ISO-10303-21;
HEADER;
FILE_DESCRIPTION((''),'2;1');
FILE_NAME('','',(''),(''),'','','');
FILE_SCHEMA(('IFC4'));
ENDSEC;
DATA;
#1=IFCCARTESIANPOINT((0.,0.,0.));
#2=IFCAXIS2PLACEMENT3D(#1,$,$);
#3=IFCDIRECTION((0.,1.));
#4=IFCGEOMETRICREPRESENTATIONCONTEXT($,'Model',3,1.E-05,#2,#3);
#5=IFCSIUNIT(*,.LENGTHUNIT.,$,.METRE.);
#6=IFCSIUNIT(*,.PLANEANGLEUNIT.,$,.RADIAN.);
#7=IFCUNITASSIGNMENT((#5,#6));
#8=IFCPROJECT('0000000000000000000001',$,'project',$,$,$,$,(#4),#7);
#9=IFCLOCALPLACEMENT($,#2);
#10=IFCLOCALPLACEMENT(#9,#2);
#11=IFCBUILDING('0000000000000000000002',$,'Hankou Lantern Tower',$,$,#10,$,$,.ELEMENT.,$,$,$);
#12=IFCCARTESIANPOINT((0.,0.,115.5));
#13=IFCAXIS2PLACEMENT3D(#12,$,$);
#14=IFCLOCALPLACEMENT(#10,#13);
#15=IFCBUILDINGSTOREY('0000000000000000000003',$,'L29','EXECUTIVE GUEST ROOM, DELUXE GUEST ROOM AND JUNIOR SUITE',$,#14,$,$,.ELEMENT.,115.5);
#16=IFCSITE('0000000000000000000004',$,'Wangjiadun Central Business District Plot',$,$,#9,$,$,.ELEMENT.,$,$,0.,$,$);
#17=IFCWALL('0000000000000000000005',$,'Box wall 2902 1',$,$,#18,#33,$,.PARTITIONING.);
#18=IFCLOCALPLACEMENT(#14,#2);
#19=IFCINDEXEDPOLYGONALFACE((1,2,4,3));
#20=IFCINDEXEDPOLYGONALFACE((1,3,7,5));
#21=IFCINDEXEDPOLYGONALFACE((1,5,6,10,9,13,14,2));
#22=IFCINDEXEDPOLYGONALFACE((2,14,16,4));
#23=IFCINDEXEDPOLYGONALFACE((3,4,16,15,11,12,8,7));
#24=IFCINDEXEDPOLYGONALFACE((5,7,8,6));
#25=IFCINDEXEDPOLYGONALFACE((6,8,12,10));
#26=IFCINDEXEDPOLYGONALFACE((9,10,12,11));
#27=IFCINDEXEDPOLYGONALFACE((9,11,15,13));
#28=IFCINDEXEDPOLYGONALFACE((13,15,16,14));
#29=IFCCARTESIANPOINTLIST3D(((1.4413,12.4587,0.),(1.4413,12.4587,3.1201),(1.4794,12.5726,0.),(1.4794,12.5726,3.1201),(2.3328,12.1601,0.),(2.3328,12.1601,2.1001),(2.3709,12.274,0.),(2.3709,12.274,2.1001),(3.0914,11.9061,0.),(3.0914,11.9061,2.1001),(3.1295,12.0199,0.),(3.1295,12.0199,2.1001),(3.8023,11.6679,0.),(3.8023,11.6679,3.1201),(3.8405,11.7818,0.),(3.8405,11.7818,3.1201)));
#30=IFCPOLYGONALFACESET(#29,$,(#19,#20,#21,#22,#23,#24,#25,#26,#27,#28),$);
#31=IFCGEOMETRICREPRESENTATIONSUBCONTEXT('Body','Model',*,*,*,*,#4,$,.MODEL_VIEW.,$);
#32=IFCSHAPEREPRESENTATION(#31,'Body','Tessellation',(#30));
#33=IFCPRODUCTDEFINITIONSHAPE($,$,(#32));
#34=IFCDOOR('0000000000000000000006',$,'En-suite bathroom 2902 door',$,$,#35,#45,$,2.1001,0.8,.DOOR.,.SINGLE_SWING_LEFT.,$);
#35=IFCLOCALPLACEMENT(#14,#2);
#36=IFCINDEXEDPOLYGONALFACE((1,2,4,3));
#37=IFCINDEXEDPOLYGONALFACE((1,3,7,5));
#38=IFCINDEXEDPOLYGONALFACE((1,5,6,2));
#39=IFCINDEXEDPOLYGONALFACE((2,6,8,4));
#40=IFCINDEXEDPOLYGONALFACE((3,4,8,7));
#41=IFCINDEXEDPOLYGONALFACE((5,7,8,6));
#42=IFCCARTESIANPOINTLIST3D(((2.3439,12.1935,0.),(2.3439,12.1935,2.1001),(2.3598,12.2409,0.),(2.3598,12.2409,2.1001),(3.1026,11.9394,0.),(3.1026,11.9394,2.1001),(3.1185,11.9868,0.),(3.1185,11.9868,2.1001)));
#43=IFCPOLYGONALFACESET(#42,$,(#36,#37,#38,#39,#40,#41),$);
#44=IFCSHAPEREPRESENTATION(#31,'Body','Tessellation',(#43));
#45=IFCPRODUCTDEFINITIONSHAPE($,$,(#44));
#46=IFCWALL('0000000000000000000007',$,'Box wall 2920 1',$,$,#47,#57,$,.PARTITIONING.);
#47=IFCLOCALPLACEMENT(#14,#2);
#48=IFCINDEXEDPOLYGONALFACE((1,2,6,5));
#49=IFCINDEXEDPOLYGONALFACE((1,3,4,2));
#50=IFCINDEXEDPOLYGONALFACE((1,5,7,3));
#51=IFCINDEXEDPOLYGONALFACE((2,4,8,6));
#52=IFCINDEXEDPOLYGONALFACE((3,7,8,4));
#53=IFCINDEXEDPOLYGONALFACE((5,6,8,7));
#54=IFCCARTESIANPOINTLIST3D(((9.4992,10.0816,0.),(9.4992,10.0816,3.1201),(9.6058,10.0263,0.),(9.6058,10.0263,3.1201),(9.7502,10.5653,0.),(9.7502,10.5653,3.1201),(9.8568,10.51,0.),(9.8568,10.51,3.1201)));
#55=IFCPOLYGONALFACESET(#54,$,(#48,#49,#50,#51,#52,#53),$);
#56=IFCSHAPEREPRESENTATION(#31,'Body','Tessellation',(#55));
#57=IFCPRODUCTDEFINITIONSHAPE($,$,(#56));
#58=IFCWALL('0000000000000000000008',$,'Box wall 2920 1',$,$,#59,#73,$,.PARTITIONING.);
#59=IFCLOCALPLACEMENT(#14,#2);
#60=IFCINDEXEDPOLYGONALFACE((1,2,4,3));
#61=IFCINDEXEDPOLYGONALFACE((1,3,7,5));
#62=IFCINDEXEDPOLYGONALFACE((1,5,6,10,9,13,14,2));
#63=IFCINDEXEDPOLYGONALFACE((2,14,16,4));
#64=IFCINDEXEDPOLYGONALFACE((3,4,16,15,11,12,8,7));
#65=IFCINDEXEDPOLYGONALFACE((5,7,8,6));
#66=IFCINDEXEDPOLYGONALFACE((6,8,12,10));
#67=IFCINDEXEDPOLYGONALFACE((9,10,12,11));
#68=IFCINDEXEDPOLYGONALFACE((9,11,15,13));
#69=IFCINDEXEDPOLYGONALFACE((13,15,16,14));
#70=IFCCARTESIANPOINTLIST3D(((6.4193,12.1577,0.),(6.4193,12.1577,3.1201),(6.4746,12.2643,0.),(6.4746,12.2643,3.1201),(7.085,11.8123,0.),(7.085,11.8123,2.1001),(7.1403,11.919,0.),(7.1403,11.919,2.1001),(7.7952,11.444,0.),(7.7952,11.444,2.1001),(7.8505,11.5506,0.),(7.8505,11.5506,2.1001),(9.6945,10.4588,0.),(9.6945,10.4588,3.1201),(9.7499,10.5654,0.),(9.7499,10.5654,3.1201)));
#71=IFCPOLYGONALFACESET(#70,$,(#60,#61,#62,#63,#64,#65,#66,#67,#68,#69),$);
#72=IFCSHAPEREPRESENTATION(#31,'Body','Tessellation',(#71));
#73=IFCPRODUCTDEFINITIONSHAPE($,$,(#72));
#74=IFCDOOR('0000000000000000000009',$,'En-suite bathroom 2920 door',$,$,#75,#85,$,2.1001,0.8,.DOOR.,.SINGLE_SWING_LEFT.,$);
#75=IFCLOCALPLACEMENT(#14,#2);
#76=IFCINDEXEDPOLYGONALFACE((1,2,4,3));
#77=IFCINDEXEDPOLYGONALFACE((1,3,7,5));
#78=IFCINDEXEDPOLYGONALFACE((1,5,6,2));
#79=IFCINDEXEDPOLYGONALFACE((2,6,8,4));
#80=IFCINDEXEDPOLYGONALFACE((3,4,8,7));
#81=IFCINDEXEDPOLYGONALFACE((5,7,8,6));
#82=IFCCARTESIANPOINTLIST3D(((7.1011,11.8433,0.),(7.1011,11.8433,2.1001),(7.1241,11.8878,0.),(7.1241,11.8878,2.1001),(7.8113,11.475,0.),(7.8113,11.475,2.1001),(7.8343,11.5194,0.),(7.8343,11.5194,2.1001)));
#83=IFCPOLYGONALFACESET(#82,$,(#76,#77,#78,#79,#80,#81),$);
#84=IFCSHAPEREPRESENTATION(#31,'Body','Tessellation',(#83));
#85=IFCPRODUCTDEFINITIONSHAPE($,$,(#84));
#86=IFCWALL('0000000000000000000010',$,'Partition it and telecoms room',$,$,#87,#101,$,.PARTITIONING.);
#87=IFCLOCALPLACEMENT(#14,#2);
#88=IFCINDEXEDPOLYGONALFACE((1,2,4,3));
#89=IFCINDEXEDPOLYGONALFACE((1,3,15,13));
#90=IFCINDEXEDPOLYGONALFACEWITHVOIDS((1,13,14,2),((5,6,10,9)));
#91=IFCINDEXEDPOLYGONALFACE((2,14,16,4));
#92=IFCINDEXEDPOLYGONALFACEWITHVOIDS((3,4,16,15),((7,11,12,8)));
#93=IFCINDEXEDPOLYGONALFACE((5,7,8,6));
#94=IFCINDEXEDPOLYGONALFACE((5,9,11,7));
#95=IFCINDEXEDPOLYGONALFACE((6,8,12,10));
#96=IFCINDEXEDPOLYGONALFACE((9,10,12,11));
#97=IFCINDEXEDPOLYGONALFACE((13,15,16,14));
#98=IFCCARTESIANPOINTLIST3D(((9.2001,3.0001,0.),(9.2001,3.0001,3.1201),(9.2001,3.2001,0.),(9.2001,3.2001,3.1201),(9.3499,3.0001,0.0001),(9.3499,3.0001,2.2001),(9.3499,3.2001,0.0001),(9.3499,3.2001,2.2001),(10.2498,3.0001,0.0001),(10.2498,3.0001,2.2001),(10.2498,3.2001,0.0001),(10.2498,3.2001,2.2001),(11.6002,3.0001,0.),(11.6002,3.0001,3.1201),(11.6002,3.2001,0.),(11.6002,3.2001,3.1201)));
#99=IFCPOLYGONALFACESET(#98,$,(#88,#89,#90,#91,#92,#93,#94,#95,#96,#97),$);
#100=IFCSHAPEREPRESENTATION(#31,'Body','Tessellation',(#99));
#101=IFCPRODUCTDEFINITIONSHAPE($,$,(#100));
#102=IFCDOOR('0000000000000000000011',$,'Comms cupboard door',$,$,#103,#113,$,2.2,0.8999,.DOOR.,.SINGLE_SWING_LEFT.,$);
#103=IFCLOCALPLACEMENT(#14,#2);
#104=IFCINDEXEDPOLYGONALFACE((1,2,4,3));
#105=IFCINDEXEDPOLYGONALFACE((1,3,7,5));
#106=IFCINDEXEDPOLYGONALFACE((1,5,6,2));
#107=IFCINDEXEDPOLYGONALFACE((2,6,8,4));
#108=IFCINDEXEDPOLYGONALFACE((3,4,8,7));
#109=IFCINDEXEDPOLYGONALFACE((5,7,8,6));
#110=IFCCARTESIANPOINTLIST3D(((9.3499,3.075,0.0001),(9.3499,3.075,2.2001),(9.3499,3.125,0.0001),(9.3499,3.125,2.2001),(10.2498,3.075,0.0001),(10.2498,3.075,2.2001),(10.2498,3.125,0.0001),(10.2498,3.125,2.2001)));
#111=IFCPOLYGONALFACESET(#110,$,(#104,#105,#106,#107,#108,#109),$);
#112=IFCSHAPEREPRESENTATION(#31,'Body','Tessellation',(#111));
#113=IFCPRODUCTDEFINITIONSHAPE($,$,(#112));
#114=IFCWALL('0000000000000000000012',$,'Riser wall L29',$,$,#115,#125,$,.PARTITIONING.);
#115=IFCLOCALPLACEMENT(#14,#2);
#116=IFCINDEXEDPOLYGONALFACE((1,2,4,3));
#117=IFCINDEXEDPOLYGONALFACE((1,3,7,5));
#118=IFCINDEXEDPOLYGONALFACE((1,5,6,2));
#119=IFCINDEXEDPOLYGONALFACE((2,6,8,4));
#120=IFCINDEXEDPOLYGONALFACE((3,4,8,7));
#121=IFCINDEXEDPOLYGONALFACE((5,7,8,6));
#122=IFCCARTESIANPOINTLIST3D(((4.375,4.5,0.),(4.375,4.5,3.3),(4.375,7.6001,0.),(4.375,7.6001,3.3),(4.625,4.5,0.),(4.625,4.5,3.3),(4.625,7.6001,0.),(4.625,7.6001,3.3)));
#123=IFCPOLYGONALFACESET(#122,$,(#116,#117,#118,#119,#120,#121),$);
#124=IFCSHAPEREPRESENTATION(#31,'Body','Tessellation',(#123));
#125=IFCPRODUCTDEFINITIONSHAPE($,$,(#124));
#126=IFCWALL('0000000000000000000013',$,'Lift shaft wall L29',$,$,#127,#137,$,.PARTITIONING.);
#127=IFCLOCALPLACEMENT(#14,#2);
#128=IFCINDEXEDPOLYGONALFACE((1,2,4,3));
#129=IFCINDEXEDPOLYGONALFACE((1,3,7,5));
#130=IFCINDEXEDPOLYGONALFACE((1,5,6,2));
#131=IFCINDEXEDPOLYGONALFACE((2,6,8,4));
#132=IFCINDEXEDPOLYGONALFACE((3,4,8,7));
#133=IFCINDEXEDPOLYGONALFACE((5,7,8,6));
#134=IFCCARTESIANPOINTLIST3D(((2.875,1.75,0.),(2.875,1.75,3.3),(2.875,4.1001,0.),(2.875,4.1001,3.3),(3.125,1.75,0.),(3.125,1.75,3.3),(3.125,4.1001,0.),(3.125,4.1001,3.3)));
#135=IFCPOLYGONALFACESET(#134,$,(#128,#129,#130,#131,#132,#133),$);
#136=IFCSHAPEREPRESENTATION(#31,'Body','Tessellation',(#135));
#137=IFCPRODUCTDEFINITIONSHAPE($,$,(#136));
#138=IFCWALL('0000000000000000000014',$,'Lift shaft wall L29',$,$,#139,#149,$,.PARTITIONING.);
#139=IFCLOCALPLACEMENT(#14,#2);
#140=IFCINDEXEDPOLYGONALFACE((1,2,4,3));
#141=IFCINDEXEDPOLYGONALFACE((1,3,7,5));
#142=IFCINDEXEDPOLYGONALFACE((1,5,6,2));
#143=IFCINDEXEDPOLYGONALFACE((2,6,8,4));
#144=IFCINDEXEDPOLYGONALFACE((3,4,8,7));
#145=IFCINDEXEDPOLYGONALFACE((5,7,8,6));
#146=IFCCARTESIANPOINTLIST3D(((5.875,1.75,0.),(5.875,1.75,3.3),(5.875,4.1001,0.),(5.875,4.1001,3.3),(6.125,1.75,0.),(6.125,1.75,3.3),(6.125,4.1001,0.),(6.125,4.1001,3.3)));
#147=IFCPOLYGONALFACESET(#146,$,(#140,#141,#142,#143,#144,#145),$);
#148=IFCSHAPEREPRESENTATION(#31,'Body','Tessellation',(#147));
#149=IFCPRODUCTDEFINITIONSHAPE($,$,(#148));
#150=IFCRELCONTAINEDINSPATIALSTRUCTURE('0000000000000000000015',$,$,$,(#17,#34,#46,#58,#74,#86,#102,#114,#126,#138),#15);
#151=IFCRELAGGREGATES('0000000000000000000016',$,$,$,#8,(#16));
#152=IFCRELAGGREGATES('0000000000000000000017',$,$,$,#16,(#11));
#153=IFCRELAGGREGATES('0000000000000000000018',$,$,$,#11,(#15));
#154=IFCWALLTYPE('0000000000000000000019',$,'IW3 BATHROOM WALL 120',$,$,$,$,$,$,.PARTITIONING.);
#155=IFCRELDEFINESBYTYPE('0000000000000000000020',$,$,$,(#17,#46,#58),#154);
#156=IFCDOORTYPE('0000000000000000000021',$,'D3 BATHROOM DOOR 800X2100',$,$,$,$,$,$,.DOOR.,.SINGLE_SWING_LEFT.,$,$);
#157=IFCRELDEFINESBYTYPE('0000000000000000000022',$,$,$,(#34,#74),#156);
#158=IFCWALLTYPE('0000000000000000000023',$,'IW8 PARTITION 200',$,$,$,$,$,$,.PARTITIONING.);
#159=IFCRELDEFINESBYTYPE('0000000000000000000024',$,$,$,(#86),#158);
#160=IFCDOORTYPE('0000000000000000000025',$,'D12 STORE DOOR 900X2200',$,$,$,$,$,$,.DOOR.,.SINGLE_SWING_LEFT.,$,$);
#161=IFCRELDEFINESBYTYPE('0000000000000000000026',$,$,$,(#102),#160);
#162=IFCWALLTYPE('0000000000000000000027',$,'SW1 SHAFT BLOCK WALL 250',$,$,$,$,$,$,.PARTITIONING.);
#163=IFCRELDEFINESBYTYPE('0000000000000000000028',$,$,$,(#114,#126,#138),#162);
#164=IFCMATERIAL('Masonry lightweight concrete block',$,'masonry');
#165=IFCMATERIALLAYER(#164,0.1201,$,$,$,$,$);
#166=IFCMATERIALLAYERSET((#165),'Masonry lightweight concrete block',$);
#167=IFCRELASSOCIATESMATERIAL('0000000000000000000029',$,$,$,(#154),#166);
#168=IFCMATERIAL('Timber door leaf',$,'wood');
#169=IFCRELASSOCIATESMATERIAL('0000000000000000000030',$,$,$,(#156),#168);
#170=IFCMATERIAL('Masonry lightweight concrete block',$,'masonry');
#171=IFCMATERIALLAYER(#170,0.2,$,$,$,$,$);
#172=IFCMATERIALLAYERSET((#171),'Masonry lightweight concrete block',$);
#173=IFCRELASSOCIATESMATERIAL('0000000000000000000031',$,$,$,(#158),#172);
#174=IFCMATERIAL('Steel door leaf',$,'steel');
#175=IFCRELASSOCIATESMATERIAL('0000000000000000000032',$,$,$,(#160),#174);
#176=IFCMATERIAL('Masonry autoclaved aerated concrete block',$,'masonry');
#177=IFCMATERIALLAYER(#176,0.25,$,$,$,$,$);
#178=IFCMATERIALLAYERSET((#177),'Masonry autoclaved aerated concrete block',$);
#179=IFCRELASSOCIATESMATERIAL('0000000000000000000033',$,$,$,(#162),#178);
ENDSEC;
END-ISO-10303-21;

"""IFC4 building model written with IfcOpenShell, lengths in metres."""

from ifc_helpers import new_model, si_unit, direction, frame, frame_2d, origin, place, context, subcontext, project, spatial, rectangle, extrude, material, layer, layer_set, type_object, element, fill, save


model = new_model("IFC4")

# Units and contexts
model_context = context("Model", 3, precision=1e-05, world=origin(), true_north=direction((0.0, 1.0)))
body_context = subcontext(model_context, "Body", "Model", "MODEL_VIEW")
ifc_project = project(units=[si_unit("LENGTHUNIT", "METRE"), si_unit("PLANEANGLEUNIT", "RADIAN")], contexts=[model_context])

# Site, building, storey
site_placement = place(None, origin())
site = spatial("IfcSite", under=ifc_project, at=site_placement, Name="Wangjiadun Central Business District Plot", CompositionType="ELEMENT", RefElevation=0.0)
building_placement = place(site_placement, origin())
building = spatial("IfcBuilding", under=site, at=building_placement, Name="Hankou Lantern Tower", CompositionType="ELEMENT")
storey_placement = place(building_placement, frame((0.0, 0.0, 115.5)))
storey = spatial("IfcBuildingStorey", under=building, at=storey_placement, Name="L29", Description="EXECUTIVE GUEST ROOM, DELUXE GUEST ROOM AND JUNIOR SUITE", CompositionType="ELEMENT", Elevation=115.5)

# Shared definitions
ifc_material_1 = material(Name="Masonry lightweight concrete block", Category="masonry")
ifc_layer_1 = layer(ifc_material_1, 0.1201)
ifc_layer_set_1 = layer_set([ifc_layer_1], Name="Masonry lightweight concrete block")
wall_type_1 = type_object("IfcWallType", Name="IW3 BATHROOM WALL 120", PredefinedType="PARTITIONING", material=ifc_layer_set_1)

# Wall, opening, door
wall_1_placement = place(storey_placement, frame((3.8215, 11.7249, 0.0), z_axis=(0.0, 0.0, 1.0), x_axis=(-0.948231, 0.317581, 0.0)))
wall_1 = element("IfcWall", 1, at=wall_1_placement, inside=storey, type_object=wall_type_1, Name="Box wall 2902 1", PredefinedType="PARTITIONING", context=body_context, shape_type="SweptSolid", body=[
    extrude(rectangle(XDim=2.49, YDim=0.1201, at=frame_2d((1.2451, 0.0))), origin(), (0.0, 0.0, 1.0), 3.1201),
])
opening_1_placement = place(wall_1_placement, frame((0.75, 0.0, 0.0)))
opening_1 = element("IfcOpeningElement", 2, at=opening_1_placement, cuts=wall_1, PredefinedType="OPENING", context=body_context, shape_type="SweptSolid", body=[
    extrude(rectangle(XDim=0.8, YDim=2.1001, at=frame_2d((0.3999, 1.05))), frame((0.0, 0.0701, 0.0), z_axis=(0.0, -1.0, 0.0), x_axis=(1.0, 0.0, 0.0)), (0.0, 0.0, 1.0), 0.1401),
])
ifc_material_2 = material(Name="Timber door leaf", Category="wood")
door_type_1 = type_object("IfcDoorType", Name="D3 BATHROOM DOOR 800X2100", OperationType="SINGLE_SWING_LEFT", PredefinedType="DOOR", material=ifc_material_2)
door_1_placement = place(opening_1_placement, origin())
door_1 = element("IfcDoor", 3, at=door_1_placement, inside=storey, type_object=door_type_1, Name="En-suite bathroom 2902 door", OperationType="SINGLE_SWING_LEFT", OverallHeight=2.1001, OverallWidth=0.8, PredefinedType="DOOR", context=body_context, shape_type="SweptSolid", body=[
    extrude(rectangle(XDim=0.8, YDim=2.1001, at=frame_2d((0.3999, 1.05))), frame((0.0, 0.0249, 0.0), z_axis=(0.0, -1.0, 0.0), x_axis=(1.0, 0.0, 0.0)), (0.0, 0.0, 1.0), 0.05),
])
fill(opening_1, door_1)

# Wall
wall_2_placement = place(storey_placement, frame((9.5525, 10.054, 0.0), z_axis=(0.0, 0.0, 1.0), x_axis=(0.460605, 0.887605, 0.0)))
element("IfcWall", 4, at=wall_2_placement, inside=storey, type_object=wall_type_1, Name="Box wall 2920 1", PredefinedType="PARTITIONING", context=body_context, shape_type="SweptSolid", body=[
    extrude(rectangle(XDim=0.5449, YDim=0.1201, at=frame_2d((0.2725, 0.0))), origin(), (0.0, 0.0, 1.0), 3.1201),
])

# Walls, openings, doors
wall_3_placement = place(storey_placement, frame((6.447, 12.2109, 0.0), z_axis=(0.0, 0.0, 1.0), x_axis=(0.887685, -0.46045, 0.0)))
wall_3 = element("IfcWall", 5, at=wall_3_placement, inside=storey, type_object=wall_type_1, Name="Box wall 2920 1", PredefinedType="PARTITIONING", context=body_context, shape_type="SweptSolid", body=[
    extrude(rectangle(XDim=3.6897, YDim=0.1201, at=frame_2d((1.8447, 0.0))), origin(), (0.0, 0.0, 1.0), 3.1201),
])
opening_2_placement = place(wall_3_placement, frame((0.75, 0.0, 0.0)))
opening_2 = element("IfcOpeningElement", 6, at=opening_2_placement, cuts=wall_3, PredefinedType="OPENING", context=body_context, shape_type="SweptSolid", body=[
    extrude(rectangle(XDim=0.8, YDim=2.1001, at=frame_2d((0.3999, 1.05))), frame((0.0, 0.0701, 0.0), z_axis=(0.0, -1.0, 0.0), x_axis=(1.0, 0.0, 0.0)), (0.0, 0.0, 1.0), 0.1401),
])
door_2_placement = place(opening_2_placement, origin())
door_2 = element("IfcDoor", 7, at=door_2_placement, inside=storey, type_object=door_type_1, Name="En-suite bathroom 2920 door", OperationType="SINGLE_SWING_LEFT", OverallHeight=2.1001, OverallWidth=0.8, PredefinedType="DOOR", context=body_context, shape_type="SweptSolid", body=[
    extrude(rectangle(XDim=0.8, YDim=2.1001, at=frame_2d((0.3999, 1.05))), frame((0.0, 0.0249, 0.0), z_axis=(0.0, -1.0, 0.0), x_axis=(1.0, 0.0, 0.0)), (0.0, 0.0, 1.0), 0.05),
])
fill(opening_2, door_2)
ifc_material_3 = material(Name="Masonry lightweight concrete block", Category="masonry")
ifc_layer_2 = layer(ifc_material_3, 0.2)
ifc_layer_set_2 = layer_set([ifc_layer_2], Name="Masonry lightweight concrete block")
wall_type_2 = type_object("IfcWallType", Name="IW8 PARTITION 200", PredefinedType="PARTITIONING", material=ifc_layer_set_2)
wall_4_placement = place(storey_placement, frame((9.2, 3.1001, 0.0), z_axis=(0.0, 0.0, 1.0), x_axis=(1.0, 0.0, 0.0)))
wall_4 = element("IfcWall", 8, at=wall_4_placement, inside=storey, type_object=wall_type_2, Name="Partition it and telecoms room", PredefinedType="PARTITIONING", context=body_context, shape_type="SweptSolid", body=[
    extrude(rectangle(XDim=2.4001, YDim=0.2, at=frame_2d((1.2002, 0.0))), origin(), (0.0, 0.0, 1.0), 3.1201),
])
opening_3_placement = place(wall_4_placement, frame((0.1499, 0.0, 0.0)))
opening_3 = element("IfcOpeningElement", 9, at=opening_3_placement, cuts=wall_4, PredefinedType="OPENING", context=body_context, shape_type="SweptSolid", body=[
    extrude(rectangle(XDim=0.8999, YDim=2.2, at=frame_2d((0.45, 1.1001))), frame((0.0, 0.1099, 0.0), z_axis=(0.0, -1.0, 0.0), x_axis=(1.0, 0.0, 0.0)), (0.0, 0.0, 1.0), 0.22),
])
ifc_material_4 = material(Name="Steel door leaf", Category="steel")
door_type_2 = type_object("IfcDoorType", Name="D12 STORE DOOR 900X2200", OperationType="SINGLE_SWING_LEFT", PredefinedType="DOOR", material=ifc_material_4)
door_3_placement = place(opening_3_placement, origin())
door_3 = element("IfcDoor", 10, at=door_3_placement, inside=storey, type_object=door_type_2, Name="Comms cupboard door", OperationType="SINGLE_SWING_LEFT", OverallHeight=2.2, OverallWidth=0.8999, PredefinedType="DOOR", context=body_context, shape_type="SweptSolid", body=[
    extrude(rectangle(XDim=0.8999, YDim=2.2, at=frame_2d((0.45, 1.1001))), frame((0.0, 0.0249, 0.0), z_axis=(0.0, -1.0, 0.0), x_axis=(1.0, 0.0, 0.0)), (0.0, 0.0, 1.0), 0.05),
])
fill(opening_3, door_3)

# Walls
ifc_material_5 = material(Name="Masonry autoclaved aerated concrete block", Category="masonry")
ifc_layer_3 = layer(ifc_material_5, 0.25)
ifc_layer_set_3 = layer_set([ifc_layer_3], Name="Masonry autoclaved aerated concrete block")
wall_type_3 = type_object("IfcWallType", Name="SW1 SHAFT BLOCK WALL 250", PredefinedType="PARTITIONING", material=ifc_layer_set_3)
wall_5_placement = place(storey_placement, frame((4.5, 4.5, 0.0), z_axis=(0.0, 0.0, 1.0), x_axis=(0.0, 1.0, 0.0)))
element("IfcWall", 11, at=wall_5_placement, inside=storey, type_object=wall_type_3, Name="Riser wall L29", PredefinedType="PARTITIONING", context=body_context, shape_type="SweptSolid", body=[
    extrude(rectangle(XDim=3.1001, YDim=0.25, at=frame_2d((1.55, 0.0))), origin(), (0.0, 0.0, 1.0), 3.3),
])
for number, where, z_axis, x_axis, name in (
    (12, (3.0, 1.75, 0.0), (0.0, 0.0, 1.0), (0.0, 1.0, 0.0), "Lift shaft wall L29"),
    (13, (6.0, 1.75, 0.0), (0.0, 0.0, 1.0), (0.0, 1.0, 0.0), "Lift shaft wall L29"),
):
    element("IfcWall", number, at=place(storey_placement, frame(where, z_axis=z_axis, x_axis=x_axis)), inside=storey, type_object=wall_type_3, Name=name, PredefinedType="PARTITIONING", context=body_context, shape_type="SweptSolid", body=[
        extrude(rectangle(XDim=2.3501, YDim=0.25, at=frame_2d((1.175, 0.0))), origin(), (0.0, 0.0, 1.0), 3.3),
    ])

save(model, "model.ifc")
